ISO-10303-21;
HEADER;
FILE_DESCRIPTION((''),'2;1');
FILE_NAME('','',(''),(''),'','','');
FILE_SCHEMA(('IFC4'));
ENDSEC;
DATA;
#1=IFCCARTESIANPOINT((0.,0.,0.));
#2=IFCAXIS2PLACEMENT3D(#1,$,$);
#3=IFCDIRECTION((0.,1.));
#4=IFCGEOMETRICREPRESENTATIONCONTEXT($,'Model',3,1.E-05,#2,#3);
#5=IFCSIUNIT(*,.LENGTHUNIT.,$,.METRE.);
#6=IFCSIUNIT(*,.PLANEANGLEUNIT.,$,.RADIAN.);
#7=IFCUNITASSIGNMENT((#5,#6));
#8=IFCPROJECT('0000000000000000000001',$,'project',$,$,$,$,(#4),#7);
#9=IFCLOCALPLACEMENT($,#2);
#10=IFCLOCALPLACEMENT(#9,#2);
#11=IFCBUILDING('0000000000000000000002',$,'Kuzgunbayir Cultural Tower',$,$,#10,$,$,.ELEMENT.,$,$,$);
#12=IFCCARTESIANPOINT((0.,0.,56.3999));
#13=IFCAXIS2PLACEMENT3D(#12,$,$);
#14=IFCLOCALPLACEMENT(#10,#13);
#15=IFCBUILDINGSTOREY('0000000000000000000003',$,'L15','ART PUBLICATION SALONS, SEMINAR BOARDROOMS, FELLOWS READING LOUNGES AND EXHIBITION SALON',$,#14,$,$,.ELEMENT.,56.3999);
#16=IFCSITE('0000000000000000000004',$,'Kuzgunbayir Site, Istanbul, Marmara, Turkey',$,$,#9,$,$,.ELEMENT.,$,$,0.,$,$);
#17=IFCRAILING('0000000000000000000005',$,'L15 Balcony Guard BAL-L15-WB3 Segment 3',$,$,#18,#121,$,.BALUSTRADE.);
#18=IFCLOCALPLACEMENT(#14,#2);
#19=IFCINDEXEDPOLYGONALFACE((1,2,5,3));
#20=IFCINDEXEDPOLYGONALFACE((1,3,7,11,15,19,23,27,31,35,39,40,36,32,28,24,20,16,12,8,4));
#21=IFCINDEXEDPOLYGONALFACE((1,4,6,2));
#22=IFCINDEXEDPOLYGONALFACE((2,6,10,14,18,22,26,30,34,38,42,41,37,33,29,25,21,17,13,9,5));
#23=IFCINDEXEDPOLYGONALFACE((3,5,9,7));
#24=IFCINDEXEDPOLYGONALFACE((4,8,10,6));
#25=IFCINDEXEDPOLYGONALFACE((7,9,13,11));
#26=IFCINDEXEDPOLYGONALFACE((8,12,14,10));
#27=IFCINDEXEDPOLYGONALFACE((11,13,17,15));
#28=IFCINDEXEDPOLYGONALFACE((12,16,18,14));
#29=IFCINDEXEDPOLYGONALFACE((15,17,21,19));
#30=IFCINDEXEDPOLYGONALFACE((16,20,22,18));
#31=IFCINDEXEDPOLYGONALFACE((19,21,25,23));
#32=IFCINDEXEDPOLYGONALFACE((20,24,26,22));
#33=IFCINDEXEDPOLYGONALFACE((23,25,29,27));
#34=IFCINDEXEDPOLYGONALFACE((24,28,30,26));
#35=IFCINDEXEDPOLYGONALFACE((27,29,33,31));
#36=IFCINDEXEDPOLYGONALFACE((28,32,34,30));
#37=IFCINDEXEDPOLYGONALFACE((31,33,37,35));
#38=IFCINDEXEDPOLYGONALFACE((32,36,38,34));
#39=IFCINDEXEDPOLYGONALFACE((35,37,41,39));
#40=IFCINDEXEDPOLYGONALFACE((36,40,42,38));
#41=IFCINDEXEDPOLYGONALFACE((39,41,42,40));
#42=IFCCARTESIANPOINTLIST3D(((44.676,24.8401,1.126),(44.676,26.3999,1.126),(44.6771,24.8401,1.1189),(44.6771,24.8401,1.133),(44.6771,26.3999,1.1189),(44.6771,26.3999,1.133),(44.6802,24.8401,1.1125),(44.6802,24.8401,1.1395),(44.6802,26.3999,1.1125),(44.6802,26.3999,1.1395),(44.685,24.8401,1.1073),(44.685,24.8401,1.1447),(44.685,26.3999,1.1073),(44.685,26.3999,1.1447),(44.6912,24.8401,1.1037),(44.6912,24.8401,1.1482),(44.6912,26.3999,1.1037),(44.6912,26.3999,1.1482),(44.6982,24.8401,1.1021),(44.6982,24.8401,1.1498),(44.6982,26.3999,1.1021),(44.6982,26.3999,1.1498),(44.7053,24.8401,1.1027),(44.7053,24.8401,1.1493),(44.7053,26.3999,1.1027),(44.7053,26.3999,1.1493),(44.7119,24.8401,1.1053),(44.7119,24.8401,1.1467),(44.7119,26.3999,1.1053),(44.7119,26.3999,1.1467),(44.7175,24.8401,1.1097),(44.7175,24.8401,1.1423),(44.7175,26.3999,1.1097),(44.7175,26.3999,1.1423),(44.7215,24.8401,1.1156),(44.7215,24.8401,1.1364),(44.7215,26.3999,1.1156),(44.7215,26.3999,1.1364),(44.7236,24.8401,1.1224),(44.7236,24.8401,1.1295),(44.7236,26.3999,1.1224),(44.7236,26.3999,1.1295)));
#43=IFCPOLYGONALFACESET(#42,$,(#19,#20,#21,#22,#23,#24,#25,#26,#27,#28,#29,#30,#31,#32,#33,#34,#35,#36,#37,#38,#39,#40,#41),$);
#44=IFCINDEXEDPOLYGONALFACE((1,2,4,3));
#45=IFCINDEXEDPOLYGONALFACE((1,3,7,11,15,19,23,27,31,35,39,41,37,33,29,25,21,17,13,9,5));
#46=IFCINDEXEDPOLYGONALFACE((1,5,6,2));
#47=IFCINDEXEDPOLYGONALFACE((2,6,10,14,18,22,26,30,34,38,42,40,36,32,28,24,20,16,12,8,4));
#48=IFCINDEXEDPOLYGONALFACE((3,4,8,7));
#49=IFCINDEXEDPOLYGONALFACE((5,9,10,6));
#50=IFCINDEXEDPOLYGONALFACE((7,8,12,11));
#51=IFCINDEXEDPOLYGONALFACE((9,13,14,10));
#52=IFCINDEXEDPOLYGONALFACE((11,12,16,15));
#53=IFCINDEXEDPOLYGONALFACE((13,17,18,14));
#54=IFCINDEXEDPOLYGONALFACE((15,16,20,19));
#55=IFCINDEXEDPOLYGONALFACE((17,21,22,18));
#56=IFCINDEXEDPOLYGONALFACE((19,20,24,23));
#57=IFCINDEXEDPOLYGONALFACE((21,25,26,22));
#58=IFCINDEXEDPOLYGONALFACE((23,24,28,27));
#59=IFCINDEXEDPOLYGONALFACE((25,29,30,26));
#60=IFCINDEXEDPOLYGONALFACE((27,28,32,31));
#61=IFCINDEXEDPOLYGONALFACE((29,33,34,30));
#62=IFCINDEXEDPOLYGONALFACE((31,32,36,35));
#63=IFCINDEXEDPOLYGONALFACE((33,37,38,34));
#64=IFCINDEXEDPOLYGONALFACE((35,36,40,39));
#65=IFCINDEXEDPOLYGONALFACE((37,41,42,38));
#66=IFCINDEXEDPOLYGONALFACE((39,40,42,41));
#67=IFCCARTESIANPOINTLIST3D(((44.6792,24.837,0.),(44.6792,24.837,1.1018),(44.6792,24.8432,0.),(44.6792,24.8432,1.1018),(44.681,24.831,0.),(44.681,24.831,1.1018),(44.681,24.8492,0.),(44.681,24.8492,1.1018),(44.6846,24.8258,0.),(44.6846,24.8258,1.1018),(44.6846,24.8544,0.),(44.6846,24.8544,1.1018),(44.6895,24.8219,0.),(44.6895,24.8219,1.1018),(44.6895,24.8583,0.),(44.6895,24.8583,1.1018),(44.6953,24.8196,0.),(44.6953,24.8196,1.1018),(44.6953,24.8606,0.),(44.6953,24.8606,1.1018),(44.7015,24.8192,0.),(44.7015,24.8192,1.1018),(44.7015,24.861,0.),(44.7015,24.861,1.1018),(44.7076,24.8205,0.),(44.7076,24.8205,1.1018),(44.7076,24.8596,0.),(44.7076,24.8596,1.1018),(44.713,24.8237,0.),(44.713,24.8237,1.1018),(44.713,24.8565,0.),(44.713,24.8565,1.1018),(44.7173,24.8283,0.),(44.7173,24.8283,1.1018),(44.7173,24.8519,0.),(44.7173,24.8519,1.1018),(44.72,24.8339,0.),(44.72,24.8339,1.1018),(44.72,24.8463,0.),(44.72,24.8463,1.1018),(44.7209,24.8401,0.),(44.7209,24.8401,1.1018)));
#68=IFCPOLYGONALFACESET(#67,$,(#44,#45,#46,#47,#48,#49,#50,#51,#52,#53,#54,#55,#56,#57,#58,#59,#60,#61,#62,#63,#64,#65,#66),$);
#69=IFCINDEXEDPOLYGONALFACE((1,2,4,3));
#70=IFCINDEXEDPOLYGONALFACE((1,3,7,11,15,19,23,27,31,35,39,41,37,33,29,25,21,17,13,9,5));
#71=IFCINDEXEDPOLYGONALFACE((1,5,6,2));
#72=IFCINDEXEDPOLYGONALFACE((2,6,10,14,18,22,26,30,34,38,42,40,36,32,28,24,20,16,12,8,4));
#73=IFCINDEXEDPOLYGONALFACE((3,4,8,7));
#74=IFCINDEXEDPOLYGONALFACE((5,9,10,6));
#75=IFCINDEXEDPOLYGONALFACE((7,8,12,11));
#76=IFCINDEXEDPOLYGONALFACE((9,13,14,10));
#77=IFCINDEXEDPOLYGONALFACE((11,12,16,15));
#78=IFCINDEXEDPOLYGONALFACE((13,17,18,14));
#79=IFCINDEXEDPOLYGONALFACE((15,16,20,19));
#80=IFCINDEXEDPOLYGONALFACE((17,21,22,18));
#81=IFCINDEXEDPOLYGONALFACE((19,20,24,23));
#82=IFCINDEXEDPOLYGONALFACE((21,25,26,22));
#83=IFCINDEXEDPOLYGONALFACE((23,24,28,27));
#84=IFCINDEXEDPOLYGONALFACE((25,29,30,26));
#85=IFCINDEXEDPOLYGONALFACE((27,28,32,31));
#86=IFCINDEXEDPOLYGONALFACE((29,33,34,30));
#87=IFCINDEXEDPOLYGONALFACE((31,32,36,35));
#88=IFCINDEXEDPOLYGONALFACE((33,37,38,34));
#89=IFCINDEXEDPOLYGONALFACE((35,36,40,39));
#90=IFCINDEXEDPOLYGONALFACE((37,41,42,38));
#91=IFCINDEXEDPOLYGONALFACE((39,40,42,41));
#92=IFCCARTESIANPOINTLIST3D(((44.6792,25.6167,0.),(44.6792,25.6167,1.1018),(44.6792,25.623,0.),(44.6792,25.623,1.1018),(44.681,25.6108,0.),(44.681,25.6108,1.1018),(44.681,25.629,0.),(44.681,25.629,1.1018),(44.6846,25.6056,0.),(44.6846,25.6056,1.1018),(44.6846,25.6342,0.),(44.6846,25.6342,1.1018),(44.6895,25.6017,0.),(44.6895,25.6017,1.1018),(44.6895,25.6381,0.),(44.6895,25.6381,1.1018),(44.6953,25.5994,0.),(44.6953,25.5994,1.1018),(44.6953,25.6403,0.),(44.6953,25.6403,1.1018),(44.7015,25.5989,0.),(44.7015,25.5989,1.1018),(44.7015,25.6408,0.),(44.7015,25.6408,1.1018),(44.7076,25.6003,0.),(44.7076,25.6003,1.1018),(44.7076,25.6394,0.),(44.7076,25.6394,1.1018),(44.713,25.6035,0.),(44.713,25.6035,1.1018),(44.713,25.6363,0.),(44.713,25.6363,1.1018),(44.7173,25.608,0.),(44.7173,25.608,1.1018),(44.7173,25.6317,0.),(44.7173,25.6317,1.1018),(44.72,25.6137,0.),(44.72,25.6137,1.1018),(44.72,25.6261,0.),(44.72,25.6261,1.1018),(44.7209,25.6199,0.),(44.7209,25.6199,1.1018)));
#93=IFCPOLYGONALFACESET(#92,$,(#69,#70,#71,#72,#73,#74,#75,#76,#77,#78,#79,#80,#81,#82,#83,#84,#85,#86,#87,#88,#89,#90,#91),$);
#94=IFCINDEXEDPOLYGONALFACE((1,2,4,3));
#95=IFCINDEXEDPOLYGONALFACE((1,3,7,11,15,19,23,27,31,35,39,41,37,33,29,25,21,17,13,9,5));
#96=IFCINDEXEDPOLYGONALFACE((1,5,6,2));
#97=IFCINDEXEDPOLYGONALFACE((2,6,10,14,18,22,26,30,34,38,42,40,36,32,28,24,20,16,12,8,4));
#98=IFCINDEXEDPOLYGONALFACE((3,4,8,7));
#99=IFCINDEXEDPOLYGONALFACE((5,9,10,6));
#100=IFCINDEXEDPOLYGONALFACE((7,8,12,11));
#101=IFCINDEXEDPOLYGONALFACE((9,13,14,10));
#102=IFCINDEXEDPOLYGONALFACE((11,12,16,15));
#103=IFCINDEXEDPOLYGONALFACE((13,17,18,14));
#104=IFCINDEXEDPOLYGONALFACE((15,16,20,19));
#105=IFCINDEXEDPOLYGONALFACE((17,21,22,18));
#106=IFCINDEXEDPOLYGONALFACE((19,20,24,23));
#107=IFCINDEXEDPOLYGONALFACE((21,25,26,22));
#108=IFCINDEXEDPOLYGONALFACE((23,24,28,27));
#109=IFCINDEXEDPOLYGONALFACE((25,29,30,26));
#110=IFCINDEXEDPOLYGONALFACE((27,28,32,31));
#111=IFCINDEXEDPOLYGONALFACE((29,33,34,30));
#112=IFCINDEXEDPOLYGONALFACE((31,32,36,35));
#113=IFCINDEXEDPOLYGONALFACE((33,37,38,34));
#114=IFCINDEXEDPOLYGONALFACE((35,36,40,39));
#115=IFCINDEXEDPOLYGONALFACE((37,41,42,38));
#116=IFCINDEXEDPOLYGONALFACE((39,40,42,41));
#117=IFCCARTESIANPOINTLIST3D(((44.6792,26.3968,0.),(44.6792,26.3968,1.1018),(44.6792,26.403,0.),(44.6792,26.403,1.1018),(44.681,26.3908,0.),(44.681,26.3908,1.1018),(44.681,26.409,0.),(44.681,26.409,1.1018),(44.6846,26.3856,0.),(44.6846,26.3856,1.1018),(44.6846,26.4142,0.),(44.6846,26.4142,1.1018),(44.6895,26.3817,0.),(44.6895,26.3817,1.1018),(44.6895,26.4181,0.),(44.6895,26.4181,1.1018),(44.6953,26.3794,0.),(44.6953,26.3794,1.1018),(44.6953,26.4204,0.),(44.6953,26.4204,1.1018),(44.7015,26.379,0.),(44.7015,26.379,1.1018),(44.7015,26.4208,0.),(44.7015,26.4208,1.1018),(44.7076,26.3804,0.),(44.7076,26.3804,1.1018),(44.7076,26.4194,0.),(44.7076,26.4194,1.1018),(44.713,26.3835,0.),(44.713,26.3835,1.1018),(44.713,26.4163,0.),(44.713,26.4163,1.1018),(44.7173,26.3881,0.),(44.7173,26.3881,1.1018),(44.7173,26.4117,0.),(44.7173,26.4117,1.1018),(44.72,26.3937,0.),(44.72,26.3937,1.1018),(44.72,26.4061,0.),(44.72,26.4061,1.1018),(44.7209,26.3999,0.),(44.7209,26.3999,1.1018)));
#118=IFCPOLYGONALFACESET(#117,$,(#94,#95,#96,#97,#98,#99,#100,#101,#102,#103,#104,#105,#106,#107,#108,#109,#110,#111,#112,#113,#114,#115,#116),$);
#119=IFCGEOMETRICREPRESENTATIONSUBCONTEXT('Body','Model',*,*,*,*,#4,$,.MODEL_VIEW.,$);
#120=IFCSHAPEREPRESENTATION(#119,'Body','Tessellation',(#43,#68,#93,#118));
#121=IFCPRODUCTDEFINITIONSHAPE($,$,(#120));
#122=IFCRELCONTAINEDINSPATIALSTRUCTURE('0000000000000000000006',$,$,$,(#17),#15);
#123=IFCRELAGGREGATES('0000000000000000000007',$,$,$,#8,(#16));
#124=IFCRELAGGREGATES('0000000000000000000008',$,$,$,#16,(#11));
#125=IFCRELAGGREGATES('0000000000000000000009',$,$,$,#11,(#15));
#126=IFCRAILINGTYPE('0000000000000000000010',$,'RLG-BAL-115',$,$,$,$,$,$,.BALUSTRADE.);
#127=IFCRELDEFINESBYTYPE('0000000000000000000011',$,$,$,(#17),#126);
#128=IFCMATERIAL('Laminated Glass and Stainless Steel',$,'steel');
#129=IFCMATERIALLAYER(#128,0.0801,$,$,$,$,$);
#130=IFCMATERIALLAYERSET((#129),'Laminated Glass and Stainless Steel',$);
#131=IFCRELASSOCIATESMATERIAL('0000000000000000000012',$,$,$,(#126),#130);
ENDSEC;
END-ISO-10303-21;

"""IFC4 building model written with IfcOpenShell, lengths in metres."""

from ifc_helpers import new_model, si_unit, direction, frame, origin, origin_2d, place, context, subcontext, project, spatial, circle, extrude, material, layer, layer_set, type_object, element, save


model = new_model("IFC4")

# Units and contexts
model_context = context("Model", 3, precision=1e-05, world=origin(), true_north=direction((0.0, 1.0)))
body_context = subcontext(model_context, "Body", "Model", "MODEL_VIEW")
ifc_project = project(units=[si_unit("LENGTHUNIT", "METRE"), si_unit("PLANEANGLEUNIT", "RADIAN")], contexts=[model_context])

# Site, building, storey
site_placement = place(None, origin())
site = spatial("IfcSite", under=ifc_project, at=site_placement, Name="Kuzgunbayir Site, Istanbul, Marmara, Turkey", CompositionType="ELEMENT", RefElevation=0.0)
building_placement = place(site_placement, origin())
building = spatial("IfcBuilding", under=site, at=building_placement, Name="Kuzgunbayir Cultural Tower", CompositionType="ELEMENT")
storey_placement = place(building_placement, frame((0.0, 0.0, 56.3999)))
storey = spatial("IfcBuildingStorey", under=building, at=storey_placement, Name="L15", Description="ART PUBLICATION SALONS, SEMINAR BOARDROOMS, FELLOWS READING LOUNGES AND EXHIBITION SALON", CompositionType="ELEMENT", Elevation=56.3999)

# Railing
ifc_material_1 = material(Name="Laminated Glass and Stainless Steel", Category="steel")
ifc_layer_1 = layer(ifc_material_1, 0.0801)
ifc_layer_set_1 = layer_set([ifc_layer_1], Name="Laminated Glass and Stainless Steel")
railing_type = type_object("IfcRailingType", Name="RLG-BAL-115", PredefinedType="BALUSTRADE", material=ifc_layer_set_1)
railing_1_placement = place(storey_placement, frame((44.7, 24.8401, 0.0)))
element("IfcRailing", 1, at=railing_1_placement, inside=storey, type_object=railing_type, Name="L15 Balcony Guard BAL-L15-WB3 Segment 3", PredefinedType="BALUSTRADE", context=body_context, shape_type="SweptSolid", body=[
    extrude(circle(Radius=0.0239, at=origin_2d()), frame((0.0, 0.0, 1.126), z_axis=(0.0, 1.0, 0.0), x_axis=(-1.0, 0.0, 0.0)), (0.0, 0.0, 1.0), 1.5598),
    extrude(circle(Radius=0.021, at=origin_2d()), origin(), (0.0, 0.0, 1.0), 1.1018),
    extrude(circle(Radius=0.021, at=origin_2d()), frame((0.0, 0.7798, 0.0)), (0.0, 0.0, 1.0), 1.1018),
    extrude(circle(Radius=0.021, at=origin_2d()), frame((0.0, 1.5598, 0.0)), (0.0, 0.0, 1.0), 1.1018),
])

save(model, "model.ifc")
